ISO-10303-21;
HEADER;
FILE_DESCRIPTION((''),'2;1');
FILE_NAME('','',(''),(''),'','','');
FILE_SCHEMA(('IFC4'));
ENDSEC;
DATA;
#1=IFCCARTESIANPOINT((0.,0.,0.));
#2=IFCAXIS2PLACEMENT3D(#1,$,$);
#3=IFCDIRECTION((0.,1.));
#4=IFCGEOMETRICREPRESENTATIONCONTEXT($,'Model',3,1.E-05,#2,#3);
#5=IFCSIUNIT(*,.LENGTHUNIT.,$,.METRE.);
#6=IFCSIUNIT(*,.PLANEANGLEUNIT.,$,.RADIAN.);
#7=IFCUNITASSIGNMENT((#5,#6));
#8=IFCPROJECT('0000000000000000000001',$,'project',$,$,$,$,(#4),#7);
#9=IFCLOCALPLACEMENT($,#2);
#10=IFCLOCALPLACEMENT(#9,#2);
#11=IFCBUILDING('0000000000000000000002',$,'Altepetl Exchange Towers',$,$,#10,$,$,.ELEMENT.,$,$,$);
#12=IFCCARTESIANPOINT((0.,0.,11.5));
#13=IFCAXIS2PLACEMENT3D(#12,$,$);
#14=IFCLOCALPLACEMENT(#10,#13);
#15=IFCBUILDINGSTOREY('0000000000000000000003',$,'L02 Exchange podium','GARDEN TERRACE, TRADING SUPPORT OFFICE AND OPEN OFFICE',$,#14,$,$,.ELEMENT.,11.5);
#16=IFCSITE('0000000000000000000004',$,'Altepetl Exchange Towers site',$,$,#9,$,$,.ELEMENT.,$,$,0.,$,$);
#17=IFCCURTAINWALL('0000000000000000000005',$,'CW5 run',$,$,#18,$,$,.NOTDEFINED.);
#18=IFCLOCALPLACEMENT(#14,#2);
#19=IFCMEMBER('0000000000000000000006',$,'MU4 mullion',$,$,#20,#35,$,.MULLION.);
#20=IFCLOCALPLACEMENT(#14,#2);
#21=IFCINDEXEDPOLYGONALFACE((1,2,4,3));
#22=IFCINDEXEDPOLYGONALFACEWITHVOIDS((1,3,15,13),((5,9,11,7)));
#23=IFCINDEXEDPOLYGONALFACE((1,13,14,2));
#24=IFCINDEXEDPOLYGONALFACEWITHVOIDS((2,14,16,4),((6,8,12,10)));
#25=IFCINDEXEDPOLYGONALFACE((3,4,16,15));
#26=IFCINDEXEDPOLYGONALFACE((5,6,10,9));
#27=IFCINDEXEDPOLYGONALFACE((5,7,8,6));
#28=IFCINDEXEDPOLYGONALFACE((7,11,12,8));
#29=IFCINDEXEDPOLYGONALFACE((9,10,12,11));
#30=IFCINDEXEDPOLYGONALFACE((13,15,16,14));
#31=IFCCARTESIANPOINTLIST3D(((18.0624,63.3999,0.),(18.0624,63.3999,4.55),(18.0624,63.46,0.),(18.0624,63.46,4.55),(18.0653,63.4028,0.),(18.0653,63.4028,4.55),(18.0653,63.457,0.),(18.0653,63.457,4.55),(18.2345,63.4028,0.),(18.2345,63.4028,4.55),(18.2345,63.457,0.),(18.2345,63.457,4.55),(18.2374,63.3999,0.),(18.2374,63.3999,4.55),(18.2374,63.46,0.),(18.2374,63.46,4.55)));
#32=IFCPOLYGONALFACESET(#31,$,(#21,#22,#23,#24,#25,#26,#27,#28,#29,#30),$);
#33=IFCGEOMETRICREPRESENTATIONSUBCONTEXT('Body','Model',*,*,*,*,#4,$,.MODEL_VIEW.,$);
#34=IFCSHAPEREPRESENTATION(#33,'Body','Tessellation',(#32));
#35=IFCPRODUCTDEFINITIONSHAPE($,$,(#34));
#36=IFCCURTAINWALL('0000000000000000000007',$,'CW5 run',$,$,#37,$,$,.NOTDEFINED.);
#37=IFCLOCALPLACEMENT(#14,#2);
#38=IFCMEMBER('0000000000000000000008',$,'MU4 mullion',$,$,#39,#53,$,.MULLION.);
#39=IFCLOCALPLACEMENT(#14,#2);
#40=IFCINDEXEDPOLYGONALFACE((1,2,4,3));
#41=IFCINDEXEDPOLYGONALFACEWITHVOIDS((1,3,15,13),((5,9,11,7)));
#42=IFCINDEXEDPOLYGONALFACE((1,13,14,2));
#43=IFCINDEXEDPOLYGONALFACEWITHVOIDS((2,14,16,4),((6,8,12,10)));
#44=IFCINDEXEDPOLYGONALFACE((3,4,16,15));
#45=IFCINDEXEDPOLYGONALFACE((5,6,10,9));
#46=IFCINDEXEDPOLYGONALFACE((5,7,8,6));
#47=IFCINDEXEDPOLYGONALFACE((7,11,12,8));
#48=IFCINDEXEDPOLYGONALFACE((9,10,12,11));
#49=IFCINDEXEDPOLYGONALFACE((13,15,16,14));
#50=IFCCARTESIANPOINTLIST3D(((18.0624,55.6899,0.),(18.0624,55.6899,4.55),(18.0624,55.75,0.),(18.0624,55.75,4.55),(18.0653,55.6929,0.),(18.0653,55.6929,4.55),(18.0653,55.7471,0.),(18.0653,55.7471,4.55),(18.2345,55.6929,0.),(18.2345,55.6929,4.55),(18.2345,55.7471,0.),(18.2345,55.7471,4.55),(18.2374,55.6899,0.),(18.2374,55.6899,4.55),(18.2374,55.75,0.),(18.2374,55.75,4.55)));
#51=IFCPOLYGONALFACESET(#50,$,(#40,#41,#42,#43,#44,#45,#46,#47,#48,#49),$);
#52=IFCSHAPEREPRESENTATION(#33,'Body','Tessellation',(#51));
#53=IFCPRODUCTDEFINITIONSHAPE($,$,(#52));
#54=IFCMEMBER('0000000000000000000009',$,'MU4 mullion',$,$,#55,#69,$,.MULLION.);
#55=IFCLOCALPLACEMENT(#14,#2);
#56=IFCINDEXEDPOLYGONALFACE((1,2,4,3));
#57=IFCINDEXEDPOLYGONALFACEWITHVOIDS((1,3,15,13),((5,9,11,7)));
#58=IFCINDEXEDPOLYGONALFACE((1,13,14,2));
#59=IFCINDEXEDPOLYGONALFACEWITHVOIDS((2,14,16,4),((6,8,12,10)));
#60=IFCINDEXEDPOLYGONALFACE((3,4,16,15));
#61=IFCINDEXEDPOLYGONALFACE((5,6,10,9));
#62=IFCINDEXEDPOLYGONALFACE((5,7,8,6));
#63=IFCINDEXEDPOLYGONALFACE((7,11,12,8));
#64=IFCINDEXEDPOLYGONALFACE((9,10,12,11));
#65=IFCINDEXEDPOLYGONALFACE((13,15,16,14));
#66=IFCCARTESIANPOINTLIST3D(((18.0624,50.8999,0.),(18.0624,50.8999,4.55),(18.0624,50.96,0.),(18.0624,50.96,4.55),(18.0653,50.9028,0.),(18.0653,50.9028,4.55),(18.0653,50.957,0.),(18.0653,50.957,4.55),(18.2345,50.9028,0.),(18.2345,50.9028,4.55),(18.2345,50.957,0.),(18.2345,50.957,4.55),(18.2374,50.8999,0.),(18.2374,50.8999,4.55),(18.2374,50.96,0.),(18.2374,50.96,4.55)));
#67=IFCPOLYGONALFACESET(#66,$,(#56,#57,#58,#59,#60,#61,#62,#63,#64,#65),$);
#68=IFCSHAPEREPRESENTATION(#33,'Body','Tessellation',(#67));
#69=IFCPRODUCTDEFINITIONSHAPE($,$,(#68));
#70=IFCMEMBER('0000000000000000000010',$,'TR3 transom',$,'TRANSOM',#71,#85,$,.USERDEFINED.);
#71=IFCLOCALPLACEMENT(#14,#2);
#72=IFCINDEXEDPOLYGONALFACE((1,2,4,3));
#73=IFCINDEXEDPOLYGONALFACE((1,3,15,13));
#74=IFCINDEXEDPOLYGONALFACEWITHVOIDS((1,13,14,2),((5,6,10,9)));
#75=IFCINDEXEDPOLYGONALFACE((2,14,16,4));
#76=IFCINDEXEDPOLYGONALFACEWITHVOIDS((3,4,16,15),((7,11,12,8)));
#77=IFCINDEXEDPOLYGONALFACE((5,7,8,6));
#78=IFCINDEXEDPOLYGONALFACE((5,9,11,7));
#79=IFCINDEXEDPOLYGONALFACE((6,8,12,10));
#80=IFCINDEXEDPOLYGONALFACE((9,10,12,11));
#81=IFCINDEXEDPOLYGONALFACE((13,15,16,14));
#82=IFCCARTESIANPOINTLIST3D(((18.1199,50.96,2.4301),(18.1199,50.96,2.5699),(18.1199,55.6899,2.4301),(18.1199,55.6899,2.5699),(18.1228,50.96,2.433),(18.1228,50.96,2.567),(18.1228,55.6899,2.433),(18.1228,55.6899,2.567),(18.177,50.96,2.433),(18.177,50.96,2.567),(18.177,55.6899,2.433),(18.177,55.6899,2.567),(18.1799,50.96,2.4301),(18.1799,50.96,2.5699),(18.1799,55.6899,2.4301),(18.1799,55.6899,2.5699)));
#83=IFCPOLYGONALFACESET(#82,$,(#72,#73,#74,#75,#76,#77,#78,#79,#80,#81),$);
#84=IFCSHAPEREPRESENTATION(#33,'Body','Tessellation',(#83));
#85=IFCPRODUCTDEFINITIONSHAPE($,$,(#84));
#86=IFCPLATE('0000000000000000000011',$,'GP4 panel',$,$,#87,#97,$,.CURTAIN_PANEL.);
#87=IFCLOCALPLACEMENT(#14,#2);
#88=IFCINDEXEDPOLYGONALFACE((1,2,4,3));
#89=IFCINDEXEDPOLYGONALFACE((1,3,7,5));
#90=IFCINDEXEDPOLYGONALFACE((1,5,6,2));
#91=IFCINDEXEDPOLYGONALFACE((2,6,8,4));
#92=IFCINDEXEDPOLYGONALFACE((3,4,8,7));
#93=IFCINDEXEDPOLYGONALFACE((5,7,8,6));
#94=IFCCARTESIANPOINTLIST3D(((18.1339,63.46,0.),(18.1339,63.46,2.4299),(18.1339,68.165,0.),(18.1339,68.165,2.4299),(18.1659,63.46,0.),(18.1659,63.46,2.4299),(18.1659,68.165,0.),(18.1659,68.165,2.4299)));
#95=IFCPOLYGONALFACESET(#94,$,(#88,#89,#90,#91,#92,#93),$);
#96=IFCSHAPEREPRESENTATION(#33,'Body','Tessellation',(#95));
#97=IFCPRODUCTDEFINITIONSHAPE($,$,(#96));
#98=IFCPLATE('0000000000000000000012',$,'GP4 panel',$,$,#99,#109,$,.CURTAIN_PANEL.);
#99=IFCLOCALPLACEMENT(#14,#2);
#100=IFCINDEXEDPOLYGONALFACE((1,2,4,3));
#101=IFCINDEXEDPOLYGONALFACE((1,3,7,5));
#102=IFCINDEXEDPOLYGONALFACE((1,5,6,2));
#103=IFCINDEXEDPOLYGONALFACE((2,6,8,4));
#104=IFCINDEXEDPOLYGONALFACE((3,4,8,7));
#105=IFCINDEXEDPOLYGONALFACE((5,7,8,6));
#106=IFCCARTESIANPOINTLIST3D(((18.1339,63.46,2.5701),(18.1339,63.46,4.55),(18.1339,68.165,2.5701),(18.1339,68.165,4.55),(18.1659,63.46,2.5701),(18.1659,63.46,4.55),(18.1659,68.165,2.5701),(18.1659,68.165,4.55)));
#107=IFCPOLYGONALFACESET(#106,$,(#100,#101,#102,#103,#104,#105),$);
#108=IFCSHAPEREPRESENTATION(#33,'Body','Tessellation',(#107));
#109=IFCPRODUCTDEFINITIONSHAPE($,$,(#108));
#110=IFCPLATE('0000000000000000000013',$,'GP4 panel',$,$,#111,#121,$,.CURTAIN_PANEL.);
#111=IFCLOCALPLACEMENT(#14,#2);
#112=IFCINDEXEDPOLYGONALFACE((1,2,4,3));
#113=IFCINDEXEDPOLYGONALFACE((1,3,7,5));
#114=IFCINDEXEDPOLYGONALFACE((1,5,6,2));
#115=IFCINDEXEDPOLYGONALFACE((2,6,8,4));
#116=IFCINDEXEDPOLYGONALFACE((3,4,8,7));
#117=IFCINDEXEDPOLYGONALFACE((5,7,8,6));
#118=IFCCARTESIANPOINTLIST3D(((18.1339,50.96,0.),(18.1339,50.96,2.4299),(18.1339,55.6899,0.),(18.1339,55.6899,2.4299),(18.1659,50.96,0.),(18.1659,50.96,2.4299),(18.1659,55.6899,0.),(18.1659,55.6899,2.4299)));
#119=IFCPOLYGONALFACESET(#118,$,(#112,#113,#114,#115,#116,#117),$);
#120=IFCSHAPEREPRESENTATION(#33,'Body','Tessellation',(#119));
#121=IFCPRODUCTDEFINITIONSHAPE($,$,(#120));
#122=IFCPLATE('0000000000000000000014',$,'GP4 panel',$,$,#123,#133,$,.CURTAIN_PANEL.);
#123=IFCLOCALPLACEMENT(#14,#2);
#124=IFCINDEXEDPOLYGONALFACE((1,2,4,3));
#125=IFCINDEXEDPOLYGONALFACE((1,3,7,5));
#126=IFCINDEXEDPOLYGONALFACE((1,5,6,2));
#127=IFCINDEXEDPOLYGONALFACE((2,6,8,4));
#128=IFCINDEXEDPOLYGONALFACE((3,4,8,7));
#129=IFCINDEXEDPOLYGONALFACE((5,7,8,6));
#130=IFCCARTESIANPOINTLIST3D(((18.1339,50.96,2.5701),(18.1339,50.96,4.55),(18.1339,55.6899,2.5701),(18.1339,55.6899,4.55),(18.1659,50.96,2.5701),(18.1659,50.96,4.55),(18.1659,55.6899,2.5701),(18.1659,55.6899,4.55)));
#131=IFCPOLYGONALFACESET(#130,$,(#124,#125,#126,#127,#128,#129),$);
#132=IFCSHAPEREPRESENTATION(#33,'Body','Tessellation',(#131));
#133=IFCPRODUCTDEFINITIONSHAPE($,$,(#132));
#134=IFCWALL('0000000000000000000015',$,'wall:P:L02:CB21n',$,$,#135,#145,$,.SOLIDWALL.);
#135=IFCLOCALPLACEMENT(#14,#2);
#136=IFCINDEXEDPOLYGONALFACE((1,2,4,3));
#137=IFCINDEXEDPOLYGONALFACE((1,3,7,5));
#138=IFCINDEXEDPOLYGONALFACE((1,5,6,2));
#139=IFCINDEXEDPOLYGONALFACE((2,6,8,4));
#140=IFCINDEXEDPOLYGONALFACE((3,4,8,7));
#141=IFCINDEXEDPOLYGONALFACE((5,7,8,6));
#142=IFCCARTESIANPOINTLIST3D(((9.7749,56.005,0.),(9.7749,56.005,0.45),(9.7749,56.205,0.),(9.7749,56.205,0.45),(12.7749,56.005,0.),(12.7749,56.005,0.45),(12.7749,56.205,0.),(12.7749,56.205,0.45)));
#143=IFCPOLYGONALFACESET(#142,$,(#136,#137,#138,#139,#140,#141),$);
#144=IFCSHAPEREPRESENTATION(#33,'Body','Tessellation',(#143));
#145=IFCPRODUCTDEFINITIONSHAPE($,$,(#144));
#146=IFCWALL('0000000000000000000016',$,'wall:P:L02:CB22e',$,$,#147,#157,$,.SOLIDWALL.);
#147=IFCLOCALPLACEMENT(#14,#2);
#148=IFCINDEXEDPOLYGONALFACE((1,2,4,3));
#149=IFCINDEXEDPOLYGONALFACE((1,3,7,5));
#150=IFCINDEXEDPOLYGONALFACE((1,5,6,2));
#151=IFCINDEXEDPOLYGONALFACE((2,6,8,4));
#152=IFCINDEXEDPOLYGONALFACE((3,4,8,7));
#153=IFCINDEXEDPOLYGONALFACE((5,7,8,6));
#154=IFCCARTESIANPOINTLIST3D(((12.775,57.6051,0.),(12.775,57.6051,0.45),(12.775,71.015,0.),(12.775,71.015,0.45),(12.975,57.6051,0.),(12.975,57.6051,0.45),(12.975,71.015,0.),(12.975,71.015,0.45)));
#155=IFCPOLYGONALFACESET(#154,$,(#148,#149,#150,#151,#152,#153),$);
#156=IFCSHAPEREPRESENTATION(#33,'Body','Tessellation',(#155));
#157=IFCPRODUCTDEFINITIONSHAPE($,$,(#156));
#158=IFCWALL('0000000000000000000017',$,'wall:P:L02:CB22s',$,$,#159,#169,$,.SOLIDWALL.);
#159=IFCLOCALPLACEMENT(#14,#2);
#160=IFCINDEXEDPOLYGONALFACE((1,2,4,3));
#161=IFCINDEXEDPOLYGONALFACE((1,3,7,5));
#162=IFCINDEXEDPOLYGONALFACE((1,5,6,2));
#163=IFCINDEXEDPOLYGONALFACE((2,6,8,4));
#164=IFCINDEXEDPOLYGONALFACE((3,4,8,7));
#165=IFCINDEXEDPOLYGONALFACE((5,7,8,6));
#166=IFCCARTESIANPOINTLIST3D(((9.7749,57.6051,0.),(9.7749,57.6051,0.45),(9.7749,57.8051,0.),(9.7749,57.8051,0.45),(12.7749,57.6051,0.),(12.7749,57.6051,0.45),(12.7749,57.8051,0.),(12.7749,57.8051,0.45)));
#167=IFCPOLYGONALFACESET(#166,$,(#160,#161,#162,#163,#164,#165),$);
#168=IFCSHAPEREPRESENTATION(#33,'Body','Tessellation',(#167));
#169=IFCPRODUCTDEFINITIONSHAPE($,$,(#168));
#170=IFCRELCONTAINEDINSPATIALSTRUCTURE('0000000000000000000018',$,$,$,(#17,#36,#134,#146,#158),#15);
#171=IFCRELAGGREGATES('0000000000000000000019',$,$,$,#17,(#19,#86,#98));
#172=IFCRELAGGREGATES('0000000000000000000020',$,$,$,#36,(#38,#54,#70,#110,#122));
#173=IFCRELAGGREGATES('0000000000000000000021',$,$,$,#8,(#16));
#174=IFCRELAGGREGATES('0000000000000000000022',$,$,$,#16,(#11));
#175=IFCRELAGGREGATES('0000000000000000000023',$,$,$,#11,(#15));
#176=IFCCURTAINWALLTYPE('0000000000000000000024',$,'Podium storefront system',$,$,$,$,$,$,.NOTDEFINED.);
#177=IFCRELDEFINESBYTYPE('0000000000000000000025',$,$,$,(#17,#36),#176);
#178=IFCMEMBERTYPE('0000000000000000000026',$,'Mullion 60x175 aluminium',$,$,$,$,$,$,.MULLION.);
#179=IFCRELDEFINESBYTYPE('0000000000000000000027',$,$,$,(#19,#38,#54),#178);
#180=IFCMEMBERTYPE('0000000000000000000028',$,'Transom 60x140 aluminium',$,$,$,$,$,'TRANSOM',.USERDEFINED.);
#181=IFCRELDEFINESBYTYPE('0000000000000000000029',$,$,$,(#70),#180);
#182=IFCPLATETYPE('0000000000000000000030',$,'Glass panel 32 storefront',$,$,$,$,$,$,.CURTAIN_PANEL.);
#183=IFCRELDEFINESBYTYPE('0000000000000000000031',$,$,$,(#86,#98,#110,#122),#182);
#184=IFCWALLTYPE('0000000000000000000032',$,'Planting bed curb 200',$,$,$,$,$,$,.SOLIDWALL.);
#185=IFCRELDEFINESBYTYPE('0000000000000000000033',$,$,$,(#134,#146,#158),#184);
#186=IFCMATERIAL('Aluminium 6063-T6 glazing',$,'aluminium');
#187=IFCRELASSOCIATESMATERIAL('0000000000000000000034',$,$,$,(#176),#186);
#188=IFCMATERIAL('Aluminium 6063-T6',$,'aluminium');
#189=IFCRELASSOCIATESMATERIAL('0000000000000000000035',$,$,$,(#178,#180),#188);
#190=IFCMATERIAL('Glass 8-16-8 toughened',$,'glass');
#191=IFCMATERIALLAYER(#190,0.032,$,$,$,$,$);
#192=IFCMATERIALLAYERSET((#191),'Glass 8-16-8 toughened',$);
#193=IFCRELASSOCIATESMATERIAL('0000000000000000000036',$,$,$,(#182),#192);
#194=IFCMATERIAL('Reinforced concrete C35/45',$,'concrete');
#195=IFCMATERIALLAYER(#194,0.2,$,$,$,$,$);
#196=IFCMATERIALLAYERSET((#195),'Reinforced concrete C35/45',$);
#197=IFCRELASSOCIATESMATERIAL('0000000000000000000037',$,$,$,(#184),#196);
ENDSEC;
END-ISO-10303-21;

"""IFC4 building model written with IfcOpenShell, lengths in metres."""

from ifc_helpers import new_model, si_unit, direction, frame, frame_2d, origin, origin_2d, place, context, subcontext, project, spatial, rectangle, hollow_rectangle, extrude, material, layer, layer_set, material_profile, profile_set, type_object, element, aggregate, save


model = new_model("IFC4")

# Units and contexts
model_context = context("Model", 3, precision=1e-05, world=origin(), true_north=direction((0.0, 1.0)))
body_context = subcontext(model_context, "Body", "Model", "MODEL_VIEW")
ifc_project = project(units=[si_unit("LENGTHUNIT", "METRE"), si_unit("PLANEANGLEUNIT", "RADIAN")], contexts=[model_context])

# Site, building, storey
site_placement = place(None, origin())
site = spatial("IfcSite", under=ifc_project, at=site_placement, Name="Altepetl Exchange Towers site", CompositionType="ELEMENT", RefElevation=0.0)
building_placement = place(site_placement, origin())
building = spatial("IfcBuilding", under=site, at=building_placement, Name="Altepetl Exchange Towers", CompositionType="ELEMENT")
storey_placement = place(building_placement, frame((0.0, 0.0, 11.5)))
storey = spatial("IfcBuildingStorey", under=building, at=storey_placement, Name="L02 Exchange podium", Description="GARDEN TERRACE, TRADING SUPPORT OFFICE AND OPEN OFFICE", CompositionType="ELEMENT", Elevation=11.5)

# Curtain wall, member
ifc_material_1 = material(Name="Aluminium 6063-T6 glazing", Category="aluminium")
curtain_wall_type = type_object("IfcCurtainWallType", Name="Podium storefront system", PredefinedType="NOTDEFINED", material=ifc_material_1)
curtain_wall_1_placement = place(storey_placement, origin())
curtain_wall_1 = element("IfcCurtainWall", 1, at=curtain_wall_1_placement, inside=storey, type_object=curtain_wall_type, Name="CW5 run", PredefinedType="NOTDEFINED")
ifc_material_2 = material(Name="Aluminium 6063-T6", Category="aluminium")
ifc_material_profile_1 = material_profile(ifc_material_2, hollow_rectangle(XDim=0.0601, YDim=0.175, WallThickness=0.0029, at=origin_2d()), Name="Mullion 60x175 aluminium")
ifc_profile_set_1 = profile_set([ifc_material_profile_1], Name="Aluminium 6063-T6")
member_type_1 = type_object("IfcMemberType", Name="Mullion 60x175 aluminium", PredefinedType="MULLION", material=ifc_profile_set_1)
member_1_placement = place(storey_placement, frame((18.1499, 63.4299, 0.0), z_axis=(0.0, 0.0, 1.0), x_axis=(0.0, -1.0, 0.0)))
member_1 = element("IfcMember", 2, at=member_1_placement, type_object=member_type_1, Name="MU4 mullion", PredefinedType="MULLION", context=body_context, shape_type="SweptSolid", body=[
    extrude(hollow_rectangle(XDim=0.0601, YDim=0.175, WallThickness=0.0029, at=origin_2d()), origin(), (0.0, 0.0, 1.0), 4.55),
])

# Curtain wall, members
curtain_wall_2_placement = place(storey_placement, origin())
curtain_wall_2 = element("IfcCurtainWall", 3, at=curtain_wall_2_placement, inside=storey, type_object=curtain_wall_type, Name="CW5 run", PredefinedType="NOTDEFINED")
member_2_placement = place(storey_placement, frame((18.1499, 55.72, 0.0), z_axis=(0.0, 0.0, 1.0), x_axis=(0.0, -1.0, 0.0)))
member_2 = element("IfcMember", 4, at=member_2_placement, type_object=member_type_1, Name="MU4 mullion", PredefinedType="MULLION", context=body_context, shape_type="SweptSolid", body=[
    extrude(hollow_rectangle(XDim=0.0601, YDim=0.175, WallThickness=0.0029, at=origin_2d()), origin(), (0.0, 0.0, 1.0), 4.55),
])
member_3_placement = place(storey_placement, frame((18.1499, 50.9299, 0.0), z_axis=(0.0, 0.0, 1.0), x_axis=(0.0, -1.0, 0.0)))
member_3 = element("IfcMember", 5, at=member_3_placement, type_object=member_type_1, Name="MU4 mullion", PredefinedType="MULLION", context=body_context, shape_type="SweptSolid", body=[
    extrude(hollow_rectangle(XDim=0.0601, YDim=0.175, WallThickness=0.0029, at=origin_2d()), origin(), (0.0, 0.0, 1.0), 4.55),
])
ifc_material_profile_2 = material_profile(ifc_material_2, hollow_rectangle(XDim=0.0601, YDim=0.1399, WallThickness=0.0029, at=origin_2d()), Name="Transom 60x140 aluminium")
ifc_profile_set_2 = profile_set([ifc_material_profile_2], Name="Aluminium 6063-T6")
member_type_2 = type_object("IfcMemberType", Name="Transom 60x140 aluminium", ElementType="TRANSOM", PredefinedType="USERDEFINED", material=ifc_profile_set_2)
member_4_placement = place(storey_placement, frame((18.1499, 55.6899, 2.5), z_axis=(0.0, -1.0, 0.0), x_axis=(1.0, 0.0, 0.0)))
member_4 = element("IfcMember", 6, at=member_4_placement, type_object=member_type_2, Name="TR3 transom", ObjectType="TRANSOM", PredefinedType="USERDEFINED", context=body_context, shape_type="SweptSolid", body=[
    extrude(hollow_rectangle(XDim=0.0601, YDim=0.1399, WallThickness=0.0029, at=origin_2d()), origin(), (0.0, 0.0, 1.0), 4.73),
])

# Plates
ifc_material_3 = material(Name="Glass 8-16-8 toughened", Category="glass")
ifc_layer_1 = layer(ifc_material_3, 0.032)
ifc_layer_set_1 = layer_set([ifc_layer_1], Name="Glass 8-16-8 toughened")
plate_type = type_object("IfcPlateType", Name="Glass panel 32 storefront", PredefinedType="CURTAIN_PANEL", material=ifc_layer_set_1)
plate_1_placement = place(storey_placement, frame((18.1499, 65.8125, 0.0), z_axis=(0.0, 0.0, 1.0), x_axis=(0.0, -1.0, 0.0)))
plate_1 = element("IfcPlate", 7, at=plate_1_placement, type_object=plate_type, Name="GP4 panel", PredefinedType="CURTAIN_PANEL", context=body_context, shape_type="SweptSolid", body=[
    extrude(rectangle(XDim=4.7051, YDim=0.032, at=origin_2d()), origin(), (0.0, 0.0, 1.0), 2.4299),
])
plate_2_placement = place(storey_placement, frame((18.1499, 65.8125, 2.5701), z_axis=(0.0, 0.0, 1.0), x_axis=(0.0, -1.0, 0.0)))
plate_2 = element("IfcPlate", 8, at=plate_2_placement, type_object=plate_type, Name="GP4 panel", PredefinedType="CURTAIN_PANEL", context=body_context, shape_type="SweptSolid", body=[
    extrude(rectangle(XDim=4.7051, YDim=0.032, at=origin_2d()), origin(), (0.0, 0.0, 1.0), 1.98),
])
aggregate(curtain_wall_1, [member_1, plate_1, plate_2])
plate_3_placement = place(storey_placement, frame((18.1499, 53.325, 0.0), z_axis=(0.0, 0.0, 1.0), x_axis=(0.0, -1.0, 0.0)))
plate_3 = element("IfcPlate", 9, at=plate_3_placement, type_object=plate_type, Name="GP4 panel", PredefinedType="CURTAIN_PANEL", context=body_context, shape_type="SweptSolid", body=[
    extrude(rectangle(XDim=4.73, YDim=0.032, at=origin_2d()), origin(), (0.0, 0.0, 1.0), 2.4299),
])
plate_4_placement = place(storey_placement, frame((18.1499, 53.325, 2.5701), z_axis=(0.0, 0.0, 1.0), x_axis=(0.0, -1.0, 0.0)))
plate_4 = element("IfcPlate", 10, at=plate_4_placement, type_object=plate_type, Name="GP4 panel", PredefinedType="CURTAIN_PANEL", context=body_context, shape_type="SweptSolid", body=[
    extrude(rectangle(XDim=4.73, YDim=0.032, at=origin_2d()), origin(), (0.0, 0.0, 1.0), 1.98),
])
aggregate(curtain_wall_2, [member_2, member_3, member_4, plate_3, plate_4])

# Walls
ifc_material_4 = material(Name="Reinforced concrete C35/45", Category="concrete")
ifc_layer_2 = layer(ifc_material_4, 0.2)
ifc_layer_set_2 = layer_set([ifc_layer_2], Name="Reinforced concrete C35/45")
wall_type_1 = type_object("IfcWallType", Name="Planting bed curb 200", PredefinedType="SOLIDWALL", material=ifc_layer_set_2)
wall_1_placement = place(storey_placement, frame((9.7749, 56.105, 0.0)))
element("IfcWall", 11, at=wall_1_placement, inside=storey, type_object=wall_type_1, Name="wall:P:L02:CB21n", PredefinedType="SOLIDWALL", context=body_context, shape_type="SweptSolid", body=[
    extrude(rectangle(XDim=3.0, YDim=0.2, at=frame_2d((1.5, 0.0))), origin(), (0.0, 0.0, 1.0), 0.45),
])
wall_2_placement = place(storey_placement, frame((12.875, 57.605, 0.0), z_axis=(0.0, 0.0, 1.0), x_axis=(0.0, 1.0, 0.0)))
element("IfcWall", 12, at=wall_2_placement, inside=storey, type_object=wall_type_1, Name="wall:P:L02:CB22e", PredefinedType="SOLIDWALL", context=body_context, shape_type="SweptSolid", body=[
    extrude(rectangle(XDim=13.4099, YDim=0.2, at=frame_2d((6.7051, 0.0))), origin(), (0.0, 0.0, 1.0), 0.45),
])
wall_3_placement = place(storey_placement, frame((9.7749, 57.7051, 0.0)))
element("IfcWall", 13, at=wall_3_placement, inside=storey, type_object=wall_type_1, Name="wall:P:L02:CB22s", PredefinedType="SOLIDWALL", context=body_context, shape_type="SweptSolid", body=[
    extrude(rectangle(XDim=3.0, YDim=0.2, at=frame_2d((1.5, 0.0))), origin(), (0.0, 0.0, 1.0), 0.45),
])

save(model, "model.ifc")
